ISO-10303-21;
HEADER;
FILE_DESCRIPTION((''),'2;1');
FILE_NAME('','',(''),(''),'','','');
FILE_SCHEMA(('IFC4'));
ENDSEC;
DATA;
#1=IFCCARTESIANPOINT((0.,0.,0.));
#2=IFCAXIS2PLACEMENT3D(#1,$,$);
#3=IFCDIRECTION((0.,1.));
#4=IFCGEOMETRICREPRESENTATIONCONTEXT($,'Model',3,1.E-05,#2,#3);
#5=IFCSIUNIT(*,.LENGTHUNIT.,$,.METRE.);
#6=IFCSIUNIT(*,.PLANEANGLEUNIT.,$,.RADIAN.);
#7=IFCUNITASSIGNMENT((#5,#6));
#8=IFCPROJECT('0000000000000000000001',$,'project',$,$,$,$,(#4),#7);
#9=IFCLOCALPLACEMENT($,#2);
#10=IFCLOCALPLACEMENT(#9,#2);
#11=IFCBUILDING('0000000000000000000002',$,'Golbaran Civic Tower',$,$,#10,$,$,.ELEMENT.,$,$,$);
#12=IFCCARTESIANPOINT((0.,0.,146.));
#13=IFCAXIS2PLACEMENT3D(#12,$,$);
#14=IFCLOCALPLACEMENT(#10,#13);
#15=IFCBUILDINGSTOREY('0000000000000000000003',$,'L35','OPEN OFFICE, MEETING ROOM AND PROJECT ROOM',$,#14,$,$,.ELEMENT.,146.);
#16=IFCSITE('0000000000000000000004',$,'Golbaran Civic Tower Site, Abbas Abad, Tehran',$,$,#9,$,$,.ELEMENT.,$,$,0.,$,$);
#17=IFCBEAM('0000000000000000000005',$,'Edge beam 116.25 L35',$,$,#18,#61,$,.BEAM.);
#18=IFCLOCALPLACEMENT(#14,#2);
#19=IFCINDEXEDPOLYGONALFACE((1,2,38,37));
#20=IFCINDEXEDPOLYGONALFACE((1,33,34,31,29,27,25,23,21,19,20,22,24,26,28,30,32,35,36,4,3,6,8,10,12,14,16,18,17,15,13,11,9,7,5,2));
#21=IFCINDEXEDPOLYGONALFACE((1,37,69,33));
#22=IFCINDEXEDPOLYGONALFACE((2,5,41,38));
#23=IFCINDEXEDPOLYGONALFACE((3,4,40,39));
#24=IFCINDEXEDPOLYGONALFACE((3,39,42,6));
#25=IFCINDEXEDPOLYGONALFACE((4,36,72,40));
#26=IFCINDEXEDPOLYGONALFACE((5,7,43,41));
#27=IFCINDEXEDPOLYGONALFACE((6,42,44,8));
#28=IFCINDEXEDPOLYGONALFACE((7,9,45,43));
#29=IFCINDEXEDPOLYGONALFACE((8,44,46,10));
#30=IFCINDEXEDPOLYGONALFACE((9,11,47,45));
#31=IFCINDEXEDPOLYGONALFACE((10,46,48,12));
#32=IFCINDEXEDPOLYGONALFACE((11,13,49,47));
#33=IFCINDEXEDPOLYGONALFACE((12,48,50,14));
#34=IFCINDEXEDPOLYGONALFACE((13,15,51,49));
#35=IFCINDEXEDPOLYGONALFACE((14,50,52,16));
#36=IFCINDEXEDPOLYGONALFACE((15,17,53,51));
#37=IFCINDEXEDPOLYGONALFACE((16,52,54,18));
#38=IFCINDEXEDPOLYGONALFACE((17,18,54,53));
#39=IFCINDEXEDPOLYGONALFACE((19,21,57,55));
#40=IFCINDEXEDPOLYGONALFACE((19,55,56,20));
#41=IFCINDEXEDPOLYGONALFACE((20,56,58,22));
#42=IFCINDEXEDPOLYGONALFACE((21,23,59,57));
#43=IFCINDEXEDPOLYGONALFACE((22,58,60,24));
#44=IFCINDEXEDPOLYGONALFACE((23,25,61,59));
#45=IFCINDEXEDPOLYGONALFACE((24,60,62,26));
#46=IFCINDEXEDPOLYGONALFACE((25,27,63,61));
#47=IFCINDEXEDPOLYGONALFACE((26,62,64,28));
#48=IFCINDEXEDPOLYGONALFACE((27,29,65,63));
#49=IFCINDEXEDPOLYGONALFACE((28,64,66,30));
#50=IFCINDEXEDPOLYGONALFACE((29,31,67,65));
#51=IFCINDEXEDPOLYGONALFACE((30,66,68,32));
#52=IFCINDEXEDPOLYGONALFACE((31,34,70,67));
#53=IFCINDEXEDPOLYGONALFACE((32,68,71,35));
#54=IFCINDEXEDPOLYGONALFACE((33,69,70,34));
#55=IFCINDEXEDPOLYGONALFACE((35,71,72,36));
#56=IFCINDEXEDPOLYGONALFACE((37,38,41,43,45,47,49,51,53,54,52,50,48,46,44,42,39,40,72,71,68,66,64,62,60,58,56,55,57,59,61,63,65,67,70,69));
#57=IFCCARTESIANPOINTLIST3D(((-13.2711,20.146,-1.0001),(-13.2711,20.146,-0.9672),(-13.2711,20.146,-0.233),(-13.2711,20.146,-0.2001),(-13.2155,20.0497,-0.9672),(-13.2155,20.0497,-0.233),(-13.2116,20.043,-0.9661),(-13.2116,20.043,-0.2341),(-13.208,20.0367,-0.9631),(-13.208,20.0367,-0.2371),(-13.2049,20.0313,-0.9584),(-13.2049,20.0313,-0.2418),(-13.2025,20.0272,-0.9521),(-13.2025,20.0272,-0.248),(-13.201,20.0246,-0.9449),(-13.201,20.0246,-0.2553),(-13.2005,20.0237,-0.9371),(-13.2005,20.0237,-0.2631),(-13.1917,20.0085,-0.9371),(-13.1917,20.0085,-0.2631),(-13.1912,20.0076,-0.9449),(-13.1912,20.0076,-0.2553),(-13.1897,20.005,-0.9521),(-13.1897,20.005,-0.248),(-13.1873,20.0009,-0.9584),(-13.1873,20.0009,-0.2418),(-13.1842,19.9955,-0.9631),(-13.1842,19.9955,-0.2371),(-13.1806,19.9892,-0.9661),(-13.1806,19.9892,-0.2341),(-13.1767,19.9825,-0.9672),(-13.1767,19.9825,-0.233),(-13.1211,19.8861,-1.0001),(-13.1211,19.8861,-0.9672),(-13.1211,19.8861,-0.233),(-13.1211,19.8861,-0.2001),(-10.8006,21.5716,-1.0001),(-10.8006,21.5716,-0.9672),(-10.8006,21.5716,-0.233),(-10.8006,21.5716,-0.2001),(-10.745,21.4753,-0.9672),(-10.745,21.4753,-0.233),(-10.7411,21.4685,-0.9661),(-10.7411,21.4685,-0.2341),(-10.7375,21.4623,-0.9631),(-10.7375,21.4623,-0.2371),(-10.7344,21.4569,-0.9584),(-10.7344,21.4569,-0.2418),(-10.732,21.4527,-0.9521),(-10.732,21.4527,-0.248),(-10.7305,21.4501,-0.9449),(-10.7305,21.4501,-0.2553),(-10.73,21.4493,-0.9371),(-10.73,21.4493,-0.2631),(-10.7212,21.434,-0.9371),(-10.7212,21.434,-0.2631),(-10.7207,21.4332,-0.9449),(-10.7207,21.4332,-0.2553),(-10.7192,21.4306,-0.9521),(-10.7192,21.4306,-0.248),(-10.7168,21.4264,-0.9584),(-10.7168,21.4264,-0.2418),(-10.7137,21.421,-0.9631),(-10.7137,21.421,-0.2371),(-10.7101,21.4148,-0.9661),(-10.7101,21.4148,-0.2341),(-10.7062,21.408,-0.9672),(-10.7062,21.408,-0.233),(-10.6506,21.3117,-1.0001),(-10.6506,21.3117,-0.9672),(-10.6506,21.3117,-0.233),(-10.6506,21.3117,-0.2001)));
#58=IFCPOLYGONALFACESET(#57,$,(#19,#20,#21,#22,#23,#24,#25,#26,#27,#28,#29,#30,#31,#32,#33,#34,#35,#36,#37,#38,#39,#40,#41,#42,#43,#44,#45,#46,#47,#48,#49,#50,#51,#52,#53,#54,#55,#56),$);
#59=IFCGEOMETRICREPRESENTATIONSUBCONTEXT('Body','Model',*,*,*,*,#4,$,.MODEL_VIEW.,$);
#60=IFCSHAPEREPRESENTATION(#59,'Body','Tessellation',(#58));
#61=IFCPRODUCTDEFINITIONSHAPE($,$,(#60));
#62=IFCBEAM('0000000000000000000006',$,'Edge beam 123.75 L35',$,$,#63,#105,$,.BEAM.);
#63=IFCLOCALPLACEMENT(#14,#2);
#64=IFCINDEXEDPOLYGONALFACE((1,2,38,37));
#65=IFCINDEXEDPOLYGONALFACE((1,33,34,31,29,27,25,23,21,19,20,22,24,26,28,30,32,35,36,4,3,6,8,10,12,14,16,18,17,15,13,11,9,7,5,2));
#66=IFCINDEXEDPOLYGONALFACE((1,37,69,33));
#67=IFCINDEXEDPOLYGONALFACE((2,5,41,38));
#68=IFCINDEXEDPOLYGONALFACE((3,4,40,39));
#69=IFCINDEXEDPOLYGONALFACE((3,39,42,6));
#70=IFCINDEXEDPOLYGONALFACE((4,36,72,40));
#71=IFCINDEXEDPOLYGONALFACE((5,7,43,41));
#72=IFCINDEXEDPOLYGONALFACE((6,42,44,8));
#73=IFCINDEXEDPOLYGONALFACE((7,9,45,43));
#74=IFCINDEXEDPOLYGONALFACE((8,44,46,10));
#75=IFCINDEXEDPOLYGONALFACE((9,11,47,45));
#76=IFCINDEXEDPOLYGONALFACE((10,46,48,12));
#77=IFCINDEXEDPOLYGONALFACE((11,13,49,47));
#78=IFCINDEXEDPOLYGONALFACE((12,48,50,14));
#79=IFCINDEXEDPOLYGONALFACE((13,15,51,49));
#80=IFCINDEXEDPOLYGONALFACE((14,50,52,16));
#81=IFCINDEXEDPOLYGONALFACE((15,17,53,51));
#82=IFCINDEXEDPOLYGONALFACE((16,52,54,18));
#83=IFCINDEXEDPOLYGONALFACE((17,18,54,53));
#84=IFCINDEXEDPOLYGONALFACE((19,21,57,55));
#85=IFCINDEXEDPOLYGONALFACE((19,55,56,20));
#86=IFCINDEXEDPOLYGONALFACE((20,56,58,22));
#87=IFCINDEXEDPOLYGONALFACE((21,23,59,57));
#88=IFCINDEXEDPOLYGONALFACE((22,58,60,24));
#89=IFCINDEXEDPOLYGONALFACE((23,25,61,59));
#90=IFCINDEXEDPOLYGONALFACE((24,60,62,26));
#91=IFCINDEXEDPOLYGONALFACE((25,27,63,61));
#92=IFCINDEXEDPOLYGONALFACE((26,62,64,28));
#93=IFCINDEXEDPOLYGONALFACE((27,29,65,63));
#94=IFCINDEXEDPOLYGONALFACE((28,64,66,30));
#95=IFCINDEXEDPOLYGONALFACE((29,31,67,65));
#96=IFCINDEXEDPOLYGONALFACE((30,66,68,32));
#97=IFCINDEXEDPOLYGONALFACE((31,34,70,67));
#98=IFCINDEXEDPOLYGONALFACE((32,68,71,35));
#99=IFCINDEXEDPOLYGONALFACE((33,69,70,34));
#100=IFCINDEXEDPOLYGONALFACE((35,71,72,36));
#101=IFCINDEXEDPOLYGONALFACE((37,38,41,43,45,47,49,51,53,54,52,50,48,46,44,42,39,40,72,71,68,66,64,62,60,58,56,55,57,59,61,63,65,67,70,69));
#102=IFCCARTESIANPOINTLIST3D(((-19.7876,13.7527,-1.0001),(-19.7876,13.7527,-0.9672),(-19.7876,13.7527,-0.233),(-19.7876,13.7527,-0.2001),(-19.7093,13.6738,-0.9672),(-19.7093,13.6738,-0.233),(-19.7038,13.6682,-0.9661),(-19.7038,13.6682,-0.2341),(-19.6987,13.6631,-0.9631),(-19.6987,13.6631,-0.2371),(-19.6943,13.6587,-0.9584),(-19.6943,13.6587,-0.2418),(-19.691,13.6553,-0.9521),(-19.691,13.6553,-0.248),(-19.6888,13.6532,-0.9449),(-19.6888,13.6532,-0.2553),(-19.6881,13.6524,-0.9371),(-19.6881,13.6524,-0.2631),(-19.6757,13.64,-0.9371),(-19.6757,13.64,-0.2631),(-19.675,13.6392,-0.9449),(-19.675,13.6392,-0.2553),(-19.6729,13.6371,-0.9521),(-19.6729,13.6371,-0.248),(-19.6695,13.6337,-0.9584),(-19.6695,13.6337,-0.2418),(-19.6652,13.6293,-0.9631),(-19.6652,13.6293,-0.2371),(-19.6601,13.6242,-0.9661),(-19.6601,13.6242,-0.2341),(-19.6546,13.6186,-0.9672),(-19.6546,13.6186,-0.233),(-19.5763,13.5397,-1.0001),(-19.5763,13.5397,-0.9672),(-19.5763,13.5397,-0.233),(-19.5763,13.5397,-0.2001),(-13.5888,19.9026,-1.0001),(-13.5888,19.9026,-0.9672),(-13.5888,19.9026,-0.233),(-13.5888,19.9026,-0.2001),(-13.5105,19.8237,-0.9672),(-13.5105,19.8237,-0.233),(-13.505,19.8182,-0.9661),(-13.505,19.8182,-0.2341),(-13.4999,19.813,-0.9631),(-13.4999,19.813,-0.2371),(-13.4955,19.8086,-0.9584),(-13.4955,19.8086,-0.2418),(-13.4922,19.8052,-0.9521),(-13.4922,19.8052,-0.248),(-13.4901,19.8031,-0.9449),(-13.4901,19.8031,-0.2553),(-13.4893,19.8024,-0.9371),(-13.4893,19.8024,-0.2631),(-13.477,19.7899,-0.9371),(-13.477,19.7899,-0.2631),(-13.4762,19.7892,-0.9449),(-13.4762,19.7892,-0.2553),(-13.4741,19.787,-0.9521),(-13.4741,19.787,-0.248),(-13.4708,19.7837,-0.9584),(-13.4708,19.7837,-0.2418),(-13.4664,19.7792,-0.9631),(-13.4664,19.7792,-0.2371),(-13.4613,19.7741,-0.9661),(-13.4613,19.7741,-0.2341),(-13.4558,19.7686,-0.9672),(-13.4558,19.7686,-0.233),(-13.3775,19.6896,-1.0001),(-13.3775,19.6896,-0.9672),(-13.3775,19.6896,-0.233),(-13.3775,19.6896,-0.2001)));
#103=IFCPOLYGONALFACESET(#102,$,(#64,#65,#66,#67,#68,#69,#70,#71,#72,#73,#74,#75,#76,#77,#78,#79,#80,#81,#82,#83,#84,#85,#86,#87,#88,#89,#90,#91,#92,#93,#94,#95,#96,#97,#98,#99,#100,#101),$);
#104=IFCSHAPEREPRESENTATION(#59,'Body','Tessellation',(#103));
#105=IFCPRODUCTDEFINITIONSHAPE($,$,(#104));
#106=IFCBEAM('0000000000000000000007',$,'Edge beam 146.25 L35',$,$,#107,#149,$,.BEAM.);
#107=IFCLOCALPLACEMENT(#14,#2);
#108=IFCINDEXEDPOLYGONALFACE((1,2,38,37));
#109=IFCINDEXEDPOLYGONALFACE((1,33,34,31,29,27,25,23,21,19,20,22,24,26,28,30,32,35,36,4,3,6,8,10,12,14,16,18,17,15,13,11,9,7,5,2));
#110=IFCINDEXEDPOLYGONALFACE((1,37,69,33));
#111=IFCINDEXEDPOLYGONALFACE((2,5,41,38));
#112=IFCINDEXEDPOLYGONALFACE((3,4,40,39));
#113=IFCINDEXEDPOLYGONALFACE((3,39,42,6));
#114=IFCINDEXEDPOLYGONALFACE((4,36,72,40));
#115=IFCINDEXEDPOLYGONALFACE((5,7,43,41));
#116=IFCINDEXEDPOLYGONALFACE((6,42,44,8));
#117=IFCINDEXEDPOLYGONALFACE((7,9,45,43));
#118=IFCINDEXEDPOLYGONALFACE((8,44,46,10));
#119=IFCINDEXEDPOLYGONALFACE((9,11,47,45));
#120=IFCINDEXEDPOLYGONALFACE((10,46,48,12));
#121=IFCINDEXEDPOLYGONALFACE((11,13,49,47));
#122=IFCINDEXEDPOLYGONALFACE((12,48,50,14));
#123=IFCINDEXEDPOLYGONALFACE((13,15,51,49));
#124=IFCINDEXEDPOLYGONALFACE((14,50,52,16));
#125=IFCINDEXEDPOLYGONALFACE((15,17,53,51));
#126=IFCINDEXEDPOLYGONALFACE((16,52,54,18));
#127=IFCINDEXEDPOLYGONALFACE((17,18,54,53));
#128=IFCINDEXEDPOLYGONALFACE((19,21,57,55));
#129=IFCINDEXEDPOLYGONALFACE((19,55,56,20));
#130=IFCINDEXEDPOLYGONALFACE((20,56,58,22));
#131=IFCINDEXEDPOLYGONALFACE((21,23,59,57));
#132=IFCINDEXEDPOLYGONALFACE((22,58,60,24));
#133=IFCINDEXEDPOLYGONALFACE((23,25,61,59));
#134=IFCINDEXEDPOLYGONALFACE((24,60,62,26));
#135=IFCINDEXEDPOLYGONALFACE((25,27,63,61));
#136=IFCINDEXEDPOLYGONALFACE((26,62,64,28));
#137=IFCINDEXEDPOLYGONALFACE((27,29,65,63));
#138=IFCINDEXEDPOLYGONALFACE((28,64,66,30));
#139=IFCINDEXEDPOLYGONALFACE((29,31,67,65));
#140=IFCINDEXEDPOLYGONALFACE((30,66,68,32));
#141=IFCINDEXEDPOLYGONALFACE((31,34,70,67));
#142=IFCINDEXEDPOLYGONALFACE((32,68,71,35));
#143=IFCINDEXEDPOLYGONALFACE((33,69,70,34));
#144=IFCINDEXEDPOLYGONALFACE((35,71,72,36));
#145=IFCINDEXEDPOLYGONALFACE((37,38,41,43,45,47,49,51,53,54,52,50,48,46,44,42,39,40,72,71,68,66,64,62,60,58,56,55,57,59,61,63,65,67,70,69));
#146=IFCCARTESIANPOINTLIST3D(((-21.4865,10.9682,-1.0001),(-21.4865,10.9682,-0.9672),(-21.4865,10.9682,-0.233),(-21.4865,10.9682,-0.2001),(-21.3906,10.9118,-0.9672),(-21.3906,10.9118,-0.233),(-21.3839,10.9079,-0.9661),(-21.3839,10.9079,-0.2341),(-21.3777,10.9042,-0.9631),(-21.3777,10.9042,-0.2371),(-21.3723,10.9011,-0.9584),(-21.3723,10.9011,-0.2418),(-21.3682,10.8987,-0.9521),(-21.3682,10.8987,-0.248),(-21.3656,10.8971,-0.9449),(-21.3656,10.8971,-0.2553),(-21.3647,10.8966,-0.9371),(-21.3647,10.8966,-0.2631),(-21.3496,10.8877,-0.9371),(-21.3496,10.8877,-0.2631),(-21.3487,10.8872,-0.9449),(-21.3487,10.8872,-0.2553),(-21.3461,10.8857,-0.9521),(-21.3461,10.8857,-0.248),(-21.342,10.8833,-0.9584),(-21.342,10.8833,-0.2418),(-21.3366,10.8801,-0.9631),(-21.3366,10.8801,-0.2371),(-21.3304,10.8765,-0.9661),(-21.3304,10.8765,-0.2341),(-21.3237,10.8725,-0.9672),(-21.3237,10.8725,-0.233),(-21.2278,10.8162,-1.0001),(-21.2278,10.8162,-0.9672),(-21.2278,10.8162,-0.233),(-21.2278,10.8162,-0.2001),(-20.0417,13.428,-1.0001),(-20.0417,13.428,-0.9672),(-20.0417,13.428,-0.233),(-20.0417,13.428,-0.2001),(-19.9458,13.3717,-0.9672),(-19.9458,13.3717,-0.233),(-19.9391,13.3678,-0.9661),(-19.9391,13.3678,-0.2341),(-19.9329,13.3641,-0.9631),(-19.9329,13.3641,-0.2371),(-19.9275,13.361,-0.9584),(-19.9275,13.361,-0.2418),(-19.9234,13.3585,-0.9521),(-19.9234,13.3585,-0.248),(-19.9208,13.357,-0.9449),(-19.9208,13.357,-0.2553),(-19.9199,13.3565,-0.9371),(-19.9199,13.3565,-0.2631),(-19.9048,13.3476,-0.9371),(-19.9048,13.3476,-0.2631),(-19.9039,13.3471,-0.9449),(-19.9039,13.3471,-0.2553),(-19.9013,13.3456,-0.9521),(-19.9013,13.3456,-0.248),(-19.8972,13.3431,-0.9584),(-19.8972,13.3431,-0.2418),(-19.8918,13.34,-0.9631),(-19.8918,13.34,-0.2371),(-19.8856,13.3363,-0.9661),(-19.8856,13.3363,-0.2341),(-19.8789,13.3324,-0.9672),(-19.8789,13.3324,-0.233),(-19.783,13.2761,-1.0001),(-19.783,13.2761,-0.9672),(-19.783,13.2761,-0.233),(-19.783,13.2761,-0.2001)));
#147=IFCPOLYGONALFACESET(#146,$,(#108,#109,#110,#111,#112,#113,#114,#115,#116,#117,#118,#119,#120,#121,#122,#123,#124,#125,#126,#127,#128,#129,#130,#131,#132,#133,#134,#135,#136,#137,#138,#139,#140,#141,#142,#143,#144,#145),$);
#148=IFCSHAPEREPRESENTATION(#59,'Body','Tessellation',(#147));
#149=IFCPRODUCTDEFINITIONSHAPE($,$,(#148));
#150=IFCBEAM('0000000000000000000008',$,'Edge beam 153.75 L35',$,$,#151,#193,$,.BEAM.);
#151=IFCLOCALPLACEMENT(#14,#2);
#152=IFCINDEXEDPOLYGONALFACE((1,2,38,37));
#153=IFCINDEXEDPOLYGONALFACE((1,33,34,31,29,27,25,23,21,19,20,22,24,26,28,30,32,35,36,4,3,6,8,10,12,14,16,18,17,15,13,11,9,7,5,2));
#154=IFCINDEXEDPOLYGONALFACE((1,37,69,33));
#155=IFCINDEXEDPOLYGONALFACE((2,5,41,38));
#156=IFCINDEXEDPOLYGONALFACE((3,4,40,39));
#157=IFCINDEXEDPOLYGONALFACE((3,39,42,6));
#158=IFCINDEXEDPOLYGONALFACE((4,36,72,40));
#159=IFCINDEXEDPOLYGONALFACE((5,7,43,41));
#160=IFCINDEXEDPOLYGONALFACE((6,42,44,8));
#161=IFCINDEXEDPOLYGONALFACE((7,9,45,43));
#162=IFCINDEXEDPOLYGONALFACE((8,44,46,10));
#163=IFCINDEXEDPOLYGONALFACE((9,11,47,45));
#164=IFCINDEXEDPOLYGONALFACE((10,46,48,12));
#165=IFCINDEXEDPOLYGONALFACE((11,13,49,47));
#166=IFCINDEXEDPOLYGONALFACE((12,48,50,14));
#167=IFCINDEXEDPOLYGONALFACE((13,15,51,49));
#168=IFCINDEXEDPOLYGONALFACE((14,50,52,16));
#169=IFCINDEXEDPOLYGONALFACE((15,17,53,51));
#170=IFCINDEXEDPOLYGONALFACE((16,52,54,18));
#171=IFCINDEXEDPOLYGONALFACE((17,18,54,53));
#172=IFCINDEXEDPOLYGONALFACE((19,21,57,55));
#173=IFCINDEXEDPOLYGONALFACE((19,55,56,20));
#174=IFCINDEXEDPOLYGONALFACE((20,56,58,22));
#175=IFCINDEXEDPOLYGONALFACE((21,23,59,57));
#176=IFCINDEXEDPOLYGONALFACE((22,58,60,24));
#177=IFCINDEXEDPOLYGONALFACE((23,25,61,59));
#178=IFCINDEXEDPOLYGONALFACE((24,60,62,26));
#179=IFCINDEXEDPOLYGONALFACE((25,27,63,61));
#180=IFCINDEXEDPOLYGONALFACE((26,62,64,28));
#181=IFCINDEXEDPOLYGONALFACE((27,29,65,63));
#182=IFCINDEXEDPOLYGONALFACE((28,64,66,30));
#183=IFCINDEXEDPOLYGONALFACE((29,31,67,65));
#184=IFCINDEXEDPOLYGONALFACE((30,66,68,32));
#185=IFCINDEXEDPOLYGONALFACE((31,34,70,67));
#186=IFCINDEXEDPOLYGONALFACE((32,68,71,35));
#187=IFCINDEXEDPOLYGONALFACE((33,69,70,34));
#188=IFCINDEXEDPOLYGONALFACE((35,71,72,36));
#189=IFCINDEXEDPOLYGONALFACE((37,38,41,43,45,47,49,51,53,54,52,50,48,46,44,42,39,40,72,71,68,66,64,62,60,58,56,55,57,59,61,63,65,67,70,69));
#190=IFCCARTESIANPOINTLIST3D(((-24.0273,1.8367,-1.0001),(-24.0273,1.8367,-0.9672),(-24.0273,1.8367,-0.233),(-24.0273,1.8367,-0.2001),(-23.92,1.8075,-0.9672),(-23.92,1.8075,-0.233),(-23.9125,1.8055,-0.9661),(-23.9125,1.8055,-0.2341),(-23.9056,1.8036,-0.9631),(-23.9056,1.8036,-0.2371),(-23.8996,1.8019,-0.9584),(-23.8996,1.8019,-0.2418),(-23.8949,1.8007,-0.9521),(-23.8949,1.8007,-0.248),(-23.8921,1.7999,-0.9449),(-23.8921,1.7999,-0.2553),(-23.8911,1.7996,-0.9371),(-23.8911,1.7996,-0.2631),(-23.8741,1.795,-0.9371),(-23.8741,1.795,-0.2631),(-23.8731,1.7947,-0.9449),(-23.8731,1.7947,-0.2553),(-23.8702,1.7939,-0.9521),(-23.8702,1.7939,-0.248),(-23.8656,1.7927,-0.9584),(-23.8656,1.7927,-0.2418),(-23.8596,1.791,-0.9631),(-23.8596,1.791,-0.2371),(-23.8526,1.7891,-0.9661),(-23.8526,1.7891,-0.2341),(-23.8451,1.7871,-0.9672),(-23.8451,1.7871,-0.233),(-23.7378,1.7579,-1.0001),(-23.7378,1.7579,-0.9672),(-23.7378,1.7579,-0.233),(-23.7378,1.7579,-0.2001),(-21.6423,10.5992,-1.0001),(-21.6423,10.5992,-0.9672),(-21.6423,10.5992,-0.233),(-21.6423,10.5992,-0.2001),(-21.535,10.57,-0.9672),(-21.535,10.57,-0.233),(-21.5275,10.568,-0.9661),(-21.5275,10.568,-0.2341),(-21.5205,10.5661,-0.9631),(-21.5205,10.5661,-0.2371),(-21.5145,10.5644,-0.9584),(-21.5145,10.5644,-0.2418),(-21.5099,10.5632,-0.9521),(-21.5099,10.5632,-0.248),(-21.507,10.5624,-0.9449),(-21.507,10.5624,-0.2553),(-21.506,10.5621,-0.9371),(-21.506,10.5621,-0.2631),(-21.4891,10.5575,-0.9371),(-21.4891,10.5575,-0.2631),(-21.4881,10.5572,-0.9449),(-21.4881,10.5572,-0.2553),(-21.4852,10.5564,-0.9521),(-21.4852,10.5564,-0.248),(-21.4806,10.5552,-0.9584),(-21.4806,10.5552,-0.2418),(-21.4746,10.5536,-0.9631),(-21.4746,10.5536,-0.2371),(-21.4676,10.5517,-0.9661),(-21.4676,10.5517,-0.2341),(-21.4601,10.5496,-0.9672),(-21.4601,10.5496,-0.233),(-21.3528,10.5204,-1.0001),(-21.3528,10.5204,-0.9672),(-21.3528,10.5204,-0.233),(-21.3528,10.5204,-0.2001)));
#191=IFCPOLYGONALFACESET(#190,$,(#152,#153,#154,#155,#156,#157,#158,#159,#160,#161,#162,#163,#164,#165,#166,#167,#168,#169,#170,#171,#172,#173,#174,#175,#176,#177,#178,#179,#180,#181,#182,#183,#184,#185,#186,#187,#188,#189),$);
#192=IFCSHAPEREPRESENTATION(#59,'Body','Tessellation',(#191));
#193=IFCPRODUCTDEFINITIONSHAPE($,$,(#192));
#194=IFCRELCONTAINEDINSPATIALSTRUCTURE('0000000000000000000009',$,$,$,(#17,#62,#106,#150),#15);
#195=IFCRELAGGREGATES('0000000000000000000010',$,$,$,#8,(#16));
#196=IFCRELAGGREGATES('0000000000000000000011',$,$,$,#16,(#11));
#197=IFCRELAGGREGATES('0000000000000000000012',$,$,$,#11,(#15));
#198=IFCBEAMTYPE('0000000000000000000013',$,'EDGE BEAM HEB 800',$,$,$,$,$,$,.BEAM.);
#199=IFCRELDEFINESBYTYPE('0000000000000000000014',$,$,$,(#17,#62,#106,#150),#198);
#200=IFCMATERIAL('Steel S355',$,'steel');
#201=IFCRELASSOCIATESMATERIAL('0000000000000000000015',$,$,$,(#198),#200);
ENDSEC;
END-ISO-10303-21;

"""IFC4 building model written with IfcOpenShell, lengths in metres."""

from ifc_helpers import new_model, si_unit, direction, frame, origin, origin_2d, place, context, subcontext, project, spatial, i_section, extrude, material, material_profile, profile_set, type_object, element, save


model = new_model("IFC4")

# Units and contexts
model_context = context("Model", 3, precision=1e-05, world=origin(), true_north=direction((0.0, 1.0)))
body_context = subcontext(model_context, "Body", "Model", "MODEL_VIEW")
ifc_project = project(units=[si_unit("LENGTHUNIT", "METRE"), si_unit("PLANEANGLEUNIT", "RADIAN")], contexts=[model_context])

# Site, building, storey
site_placement = place(None, origin())
site = spatial("IfcSite", under=ifc_project, at=site_placement, Name="Golbaran Civic Tower Site, Abbas Abad, Tehran", CompositionType="ELEMENT", RefElevation=0.0)
building_placement = place(site_placement, origin())
building = spatial("IfcBuilding", under=site, at=building_placement, Name="Golbaran Civic Tower", CompositionType="ELEMENT")
storey_placement = place(building_placement, frame((0.0, 0.0, 146.0)))
storey = spatial("IfcBuildingStorey", under=building, at=storey_placement, Name="L35", Description="OPEN OFFICE, MEETING ROOM AND PROJECT ROOM", CompositionType="ELEMENT", Elevation=146.0)

# Beams
ifc_material_1 = material(Name="Steel S355", Category="steel")
ifc_material_profile_1 = material_profile(ifc_material_1, i_section(OverallWidth=0.3, OverallDepth=0.8, WebThickness=0.0176, FlangeThickness=0.033, FilletRadius=0.03, at=origin_2d()), Name="HEB 800")
ifc_profile_set_1 = profile_set([ifc_material_profile_1], Name="Steel S355")
beam_type_1 = type_object("IfcBeamType", Name="EDGE BEAM HEB 800", PredefinedType="BEAM", material=ifc_profile_set_1)
beam_1_placement = place(storey_placement, frame((-10.7256, 21.4417, -0.6001), z_axis=(-0.866144, -0.499794, 0.0), x_axis=(0.499794, -0.866144, 0.0)))
element("IfcBeam", 1, at=beam_1_placement, inside=storey, type_object=beam_type_1, Name="Edge beam 116.25 L35", PredefinedType="BEAM", context=body_context, shape_type="SweptSolid", body=[
    extrude(i_section(OverallWidth=0.3, OverallDepth=0.8, WebThickness=0.0176, FlangeThickness=0.033, FilletRadius=0.03, at=origin_2d()), origin(), (0.0, 0.0, 1.0), 2.8523),
])
beam_2_placement = place(storey_placement, frame((-13.4832, 19.7961, -0.6001), z_axis=(-0.709897, -0.704305, 0.0), x_axis=(0.704305, -0.709897, 0.0)))
element("IfcBeam", 2, at=beam_2_placement, inside=storey, type_object=beam_type_1, Name="Edge beam 123.75 L35", PredefinedType="BEAM", context=body_context, shape_type="SweptSolid", body=[
    extrude(i_section(OverallWidth=0.3, OverallDepth=0.8, WebThickness=0.0176, FlangeThickness=0.033, FilletRadius=0.03, at=origin_2d()), origin(), (0.0, 0.0, 1.0), 8.7319),
])
beam_3_placement = place(storey_placement, frame((-19.9124, 13.3521, -0.6001), z_axis=(-0.506444, -0.862273, 0.0), x_axis=(0.862273, -0.506444, 0.0)))
element("IfcBeam", 3, at=beam_3_placement, inside=storey, type_object=beam_type_1, Name="Edge beam 146.25 L35", PredefinedType="BEAM", context=body_context, shape_type="SweptSolid", body=[
    extrude(i_section(OverallWidth=0.3, OverallDepth=0.8, WebThickness=0.0176, FlangeThickness=0.033, FilletRadius=0.03, at=origin_2d()), origin(), (0.0, 0.0, 1.0), 2.8528),
])
beam_4_placement = place(storey_placement, frame((-21.4976, 10.5598, -0.6001), z_axis=(-0.262631, -0.964896, 0.0), x_axis=(0.964896, -0.262631, 0.0)))
element("IfcBeam", 4, at=beam_4_placement, inside=storey, type_object=beam_type_1, Name="Edge beam 153.75 L35", PredefinedType="BEAM", context=body_context, shape_type="SweptSolid", body=[
    extrude(i_section(OverallWidth=0.3, OverallDepth=0.8, WebThickness=0.0176, FlangeThickness=0.033, FilletRadius=0.03, at=origin_2d()), origin(), (0.0, 0.0, 1.0), 9.0813),
])

save(model, "model.ifc")
